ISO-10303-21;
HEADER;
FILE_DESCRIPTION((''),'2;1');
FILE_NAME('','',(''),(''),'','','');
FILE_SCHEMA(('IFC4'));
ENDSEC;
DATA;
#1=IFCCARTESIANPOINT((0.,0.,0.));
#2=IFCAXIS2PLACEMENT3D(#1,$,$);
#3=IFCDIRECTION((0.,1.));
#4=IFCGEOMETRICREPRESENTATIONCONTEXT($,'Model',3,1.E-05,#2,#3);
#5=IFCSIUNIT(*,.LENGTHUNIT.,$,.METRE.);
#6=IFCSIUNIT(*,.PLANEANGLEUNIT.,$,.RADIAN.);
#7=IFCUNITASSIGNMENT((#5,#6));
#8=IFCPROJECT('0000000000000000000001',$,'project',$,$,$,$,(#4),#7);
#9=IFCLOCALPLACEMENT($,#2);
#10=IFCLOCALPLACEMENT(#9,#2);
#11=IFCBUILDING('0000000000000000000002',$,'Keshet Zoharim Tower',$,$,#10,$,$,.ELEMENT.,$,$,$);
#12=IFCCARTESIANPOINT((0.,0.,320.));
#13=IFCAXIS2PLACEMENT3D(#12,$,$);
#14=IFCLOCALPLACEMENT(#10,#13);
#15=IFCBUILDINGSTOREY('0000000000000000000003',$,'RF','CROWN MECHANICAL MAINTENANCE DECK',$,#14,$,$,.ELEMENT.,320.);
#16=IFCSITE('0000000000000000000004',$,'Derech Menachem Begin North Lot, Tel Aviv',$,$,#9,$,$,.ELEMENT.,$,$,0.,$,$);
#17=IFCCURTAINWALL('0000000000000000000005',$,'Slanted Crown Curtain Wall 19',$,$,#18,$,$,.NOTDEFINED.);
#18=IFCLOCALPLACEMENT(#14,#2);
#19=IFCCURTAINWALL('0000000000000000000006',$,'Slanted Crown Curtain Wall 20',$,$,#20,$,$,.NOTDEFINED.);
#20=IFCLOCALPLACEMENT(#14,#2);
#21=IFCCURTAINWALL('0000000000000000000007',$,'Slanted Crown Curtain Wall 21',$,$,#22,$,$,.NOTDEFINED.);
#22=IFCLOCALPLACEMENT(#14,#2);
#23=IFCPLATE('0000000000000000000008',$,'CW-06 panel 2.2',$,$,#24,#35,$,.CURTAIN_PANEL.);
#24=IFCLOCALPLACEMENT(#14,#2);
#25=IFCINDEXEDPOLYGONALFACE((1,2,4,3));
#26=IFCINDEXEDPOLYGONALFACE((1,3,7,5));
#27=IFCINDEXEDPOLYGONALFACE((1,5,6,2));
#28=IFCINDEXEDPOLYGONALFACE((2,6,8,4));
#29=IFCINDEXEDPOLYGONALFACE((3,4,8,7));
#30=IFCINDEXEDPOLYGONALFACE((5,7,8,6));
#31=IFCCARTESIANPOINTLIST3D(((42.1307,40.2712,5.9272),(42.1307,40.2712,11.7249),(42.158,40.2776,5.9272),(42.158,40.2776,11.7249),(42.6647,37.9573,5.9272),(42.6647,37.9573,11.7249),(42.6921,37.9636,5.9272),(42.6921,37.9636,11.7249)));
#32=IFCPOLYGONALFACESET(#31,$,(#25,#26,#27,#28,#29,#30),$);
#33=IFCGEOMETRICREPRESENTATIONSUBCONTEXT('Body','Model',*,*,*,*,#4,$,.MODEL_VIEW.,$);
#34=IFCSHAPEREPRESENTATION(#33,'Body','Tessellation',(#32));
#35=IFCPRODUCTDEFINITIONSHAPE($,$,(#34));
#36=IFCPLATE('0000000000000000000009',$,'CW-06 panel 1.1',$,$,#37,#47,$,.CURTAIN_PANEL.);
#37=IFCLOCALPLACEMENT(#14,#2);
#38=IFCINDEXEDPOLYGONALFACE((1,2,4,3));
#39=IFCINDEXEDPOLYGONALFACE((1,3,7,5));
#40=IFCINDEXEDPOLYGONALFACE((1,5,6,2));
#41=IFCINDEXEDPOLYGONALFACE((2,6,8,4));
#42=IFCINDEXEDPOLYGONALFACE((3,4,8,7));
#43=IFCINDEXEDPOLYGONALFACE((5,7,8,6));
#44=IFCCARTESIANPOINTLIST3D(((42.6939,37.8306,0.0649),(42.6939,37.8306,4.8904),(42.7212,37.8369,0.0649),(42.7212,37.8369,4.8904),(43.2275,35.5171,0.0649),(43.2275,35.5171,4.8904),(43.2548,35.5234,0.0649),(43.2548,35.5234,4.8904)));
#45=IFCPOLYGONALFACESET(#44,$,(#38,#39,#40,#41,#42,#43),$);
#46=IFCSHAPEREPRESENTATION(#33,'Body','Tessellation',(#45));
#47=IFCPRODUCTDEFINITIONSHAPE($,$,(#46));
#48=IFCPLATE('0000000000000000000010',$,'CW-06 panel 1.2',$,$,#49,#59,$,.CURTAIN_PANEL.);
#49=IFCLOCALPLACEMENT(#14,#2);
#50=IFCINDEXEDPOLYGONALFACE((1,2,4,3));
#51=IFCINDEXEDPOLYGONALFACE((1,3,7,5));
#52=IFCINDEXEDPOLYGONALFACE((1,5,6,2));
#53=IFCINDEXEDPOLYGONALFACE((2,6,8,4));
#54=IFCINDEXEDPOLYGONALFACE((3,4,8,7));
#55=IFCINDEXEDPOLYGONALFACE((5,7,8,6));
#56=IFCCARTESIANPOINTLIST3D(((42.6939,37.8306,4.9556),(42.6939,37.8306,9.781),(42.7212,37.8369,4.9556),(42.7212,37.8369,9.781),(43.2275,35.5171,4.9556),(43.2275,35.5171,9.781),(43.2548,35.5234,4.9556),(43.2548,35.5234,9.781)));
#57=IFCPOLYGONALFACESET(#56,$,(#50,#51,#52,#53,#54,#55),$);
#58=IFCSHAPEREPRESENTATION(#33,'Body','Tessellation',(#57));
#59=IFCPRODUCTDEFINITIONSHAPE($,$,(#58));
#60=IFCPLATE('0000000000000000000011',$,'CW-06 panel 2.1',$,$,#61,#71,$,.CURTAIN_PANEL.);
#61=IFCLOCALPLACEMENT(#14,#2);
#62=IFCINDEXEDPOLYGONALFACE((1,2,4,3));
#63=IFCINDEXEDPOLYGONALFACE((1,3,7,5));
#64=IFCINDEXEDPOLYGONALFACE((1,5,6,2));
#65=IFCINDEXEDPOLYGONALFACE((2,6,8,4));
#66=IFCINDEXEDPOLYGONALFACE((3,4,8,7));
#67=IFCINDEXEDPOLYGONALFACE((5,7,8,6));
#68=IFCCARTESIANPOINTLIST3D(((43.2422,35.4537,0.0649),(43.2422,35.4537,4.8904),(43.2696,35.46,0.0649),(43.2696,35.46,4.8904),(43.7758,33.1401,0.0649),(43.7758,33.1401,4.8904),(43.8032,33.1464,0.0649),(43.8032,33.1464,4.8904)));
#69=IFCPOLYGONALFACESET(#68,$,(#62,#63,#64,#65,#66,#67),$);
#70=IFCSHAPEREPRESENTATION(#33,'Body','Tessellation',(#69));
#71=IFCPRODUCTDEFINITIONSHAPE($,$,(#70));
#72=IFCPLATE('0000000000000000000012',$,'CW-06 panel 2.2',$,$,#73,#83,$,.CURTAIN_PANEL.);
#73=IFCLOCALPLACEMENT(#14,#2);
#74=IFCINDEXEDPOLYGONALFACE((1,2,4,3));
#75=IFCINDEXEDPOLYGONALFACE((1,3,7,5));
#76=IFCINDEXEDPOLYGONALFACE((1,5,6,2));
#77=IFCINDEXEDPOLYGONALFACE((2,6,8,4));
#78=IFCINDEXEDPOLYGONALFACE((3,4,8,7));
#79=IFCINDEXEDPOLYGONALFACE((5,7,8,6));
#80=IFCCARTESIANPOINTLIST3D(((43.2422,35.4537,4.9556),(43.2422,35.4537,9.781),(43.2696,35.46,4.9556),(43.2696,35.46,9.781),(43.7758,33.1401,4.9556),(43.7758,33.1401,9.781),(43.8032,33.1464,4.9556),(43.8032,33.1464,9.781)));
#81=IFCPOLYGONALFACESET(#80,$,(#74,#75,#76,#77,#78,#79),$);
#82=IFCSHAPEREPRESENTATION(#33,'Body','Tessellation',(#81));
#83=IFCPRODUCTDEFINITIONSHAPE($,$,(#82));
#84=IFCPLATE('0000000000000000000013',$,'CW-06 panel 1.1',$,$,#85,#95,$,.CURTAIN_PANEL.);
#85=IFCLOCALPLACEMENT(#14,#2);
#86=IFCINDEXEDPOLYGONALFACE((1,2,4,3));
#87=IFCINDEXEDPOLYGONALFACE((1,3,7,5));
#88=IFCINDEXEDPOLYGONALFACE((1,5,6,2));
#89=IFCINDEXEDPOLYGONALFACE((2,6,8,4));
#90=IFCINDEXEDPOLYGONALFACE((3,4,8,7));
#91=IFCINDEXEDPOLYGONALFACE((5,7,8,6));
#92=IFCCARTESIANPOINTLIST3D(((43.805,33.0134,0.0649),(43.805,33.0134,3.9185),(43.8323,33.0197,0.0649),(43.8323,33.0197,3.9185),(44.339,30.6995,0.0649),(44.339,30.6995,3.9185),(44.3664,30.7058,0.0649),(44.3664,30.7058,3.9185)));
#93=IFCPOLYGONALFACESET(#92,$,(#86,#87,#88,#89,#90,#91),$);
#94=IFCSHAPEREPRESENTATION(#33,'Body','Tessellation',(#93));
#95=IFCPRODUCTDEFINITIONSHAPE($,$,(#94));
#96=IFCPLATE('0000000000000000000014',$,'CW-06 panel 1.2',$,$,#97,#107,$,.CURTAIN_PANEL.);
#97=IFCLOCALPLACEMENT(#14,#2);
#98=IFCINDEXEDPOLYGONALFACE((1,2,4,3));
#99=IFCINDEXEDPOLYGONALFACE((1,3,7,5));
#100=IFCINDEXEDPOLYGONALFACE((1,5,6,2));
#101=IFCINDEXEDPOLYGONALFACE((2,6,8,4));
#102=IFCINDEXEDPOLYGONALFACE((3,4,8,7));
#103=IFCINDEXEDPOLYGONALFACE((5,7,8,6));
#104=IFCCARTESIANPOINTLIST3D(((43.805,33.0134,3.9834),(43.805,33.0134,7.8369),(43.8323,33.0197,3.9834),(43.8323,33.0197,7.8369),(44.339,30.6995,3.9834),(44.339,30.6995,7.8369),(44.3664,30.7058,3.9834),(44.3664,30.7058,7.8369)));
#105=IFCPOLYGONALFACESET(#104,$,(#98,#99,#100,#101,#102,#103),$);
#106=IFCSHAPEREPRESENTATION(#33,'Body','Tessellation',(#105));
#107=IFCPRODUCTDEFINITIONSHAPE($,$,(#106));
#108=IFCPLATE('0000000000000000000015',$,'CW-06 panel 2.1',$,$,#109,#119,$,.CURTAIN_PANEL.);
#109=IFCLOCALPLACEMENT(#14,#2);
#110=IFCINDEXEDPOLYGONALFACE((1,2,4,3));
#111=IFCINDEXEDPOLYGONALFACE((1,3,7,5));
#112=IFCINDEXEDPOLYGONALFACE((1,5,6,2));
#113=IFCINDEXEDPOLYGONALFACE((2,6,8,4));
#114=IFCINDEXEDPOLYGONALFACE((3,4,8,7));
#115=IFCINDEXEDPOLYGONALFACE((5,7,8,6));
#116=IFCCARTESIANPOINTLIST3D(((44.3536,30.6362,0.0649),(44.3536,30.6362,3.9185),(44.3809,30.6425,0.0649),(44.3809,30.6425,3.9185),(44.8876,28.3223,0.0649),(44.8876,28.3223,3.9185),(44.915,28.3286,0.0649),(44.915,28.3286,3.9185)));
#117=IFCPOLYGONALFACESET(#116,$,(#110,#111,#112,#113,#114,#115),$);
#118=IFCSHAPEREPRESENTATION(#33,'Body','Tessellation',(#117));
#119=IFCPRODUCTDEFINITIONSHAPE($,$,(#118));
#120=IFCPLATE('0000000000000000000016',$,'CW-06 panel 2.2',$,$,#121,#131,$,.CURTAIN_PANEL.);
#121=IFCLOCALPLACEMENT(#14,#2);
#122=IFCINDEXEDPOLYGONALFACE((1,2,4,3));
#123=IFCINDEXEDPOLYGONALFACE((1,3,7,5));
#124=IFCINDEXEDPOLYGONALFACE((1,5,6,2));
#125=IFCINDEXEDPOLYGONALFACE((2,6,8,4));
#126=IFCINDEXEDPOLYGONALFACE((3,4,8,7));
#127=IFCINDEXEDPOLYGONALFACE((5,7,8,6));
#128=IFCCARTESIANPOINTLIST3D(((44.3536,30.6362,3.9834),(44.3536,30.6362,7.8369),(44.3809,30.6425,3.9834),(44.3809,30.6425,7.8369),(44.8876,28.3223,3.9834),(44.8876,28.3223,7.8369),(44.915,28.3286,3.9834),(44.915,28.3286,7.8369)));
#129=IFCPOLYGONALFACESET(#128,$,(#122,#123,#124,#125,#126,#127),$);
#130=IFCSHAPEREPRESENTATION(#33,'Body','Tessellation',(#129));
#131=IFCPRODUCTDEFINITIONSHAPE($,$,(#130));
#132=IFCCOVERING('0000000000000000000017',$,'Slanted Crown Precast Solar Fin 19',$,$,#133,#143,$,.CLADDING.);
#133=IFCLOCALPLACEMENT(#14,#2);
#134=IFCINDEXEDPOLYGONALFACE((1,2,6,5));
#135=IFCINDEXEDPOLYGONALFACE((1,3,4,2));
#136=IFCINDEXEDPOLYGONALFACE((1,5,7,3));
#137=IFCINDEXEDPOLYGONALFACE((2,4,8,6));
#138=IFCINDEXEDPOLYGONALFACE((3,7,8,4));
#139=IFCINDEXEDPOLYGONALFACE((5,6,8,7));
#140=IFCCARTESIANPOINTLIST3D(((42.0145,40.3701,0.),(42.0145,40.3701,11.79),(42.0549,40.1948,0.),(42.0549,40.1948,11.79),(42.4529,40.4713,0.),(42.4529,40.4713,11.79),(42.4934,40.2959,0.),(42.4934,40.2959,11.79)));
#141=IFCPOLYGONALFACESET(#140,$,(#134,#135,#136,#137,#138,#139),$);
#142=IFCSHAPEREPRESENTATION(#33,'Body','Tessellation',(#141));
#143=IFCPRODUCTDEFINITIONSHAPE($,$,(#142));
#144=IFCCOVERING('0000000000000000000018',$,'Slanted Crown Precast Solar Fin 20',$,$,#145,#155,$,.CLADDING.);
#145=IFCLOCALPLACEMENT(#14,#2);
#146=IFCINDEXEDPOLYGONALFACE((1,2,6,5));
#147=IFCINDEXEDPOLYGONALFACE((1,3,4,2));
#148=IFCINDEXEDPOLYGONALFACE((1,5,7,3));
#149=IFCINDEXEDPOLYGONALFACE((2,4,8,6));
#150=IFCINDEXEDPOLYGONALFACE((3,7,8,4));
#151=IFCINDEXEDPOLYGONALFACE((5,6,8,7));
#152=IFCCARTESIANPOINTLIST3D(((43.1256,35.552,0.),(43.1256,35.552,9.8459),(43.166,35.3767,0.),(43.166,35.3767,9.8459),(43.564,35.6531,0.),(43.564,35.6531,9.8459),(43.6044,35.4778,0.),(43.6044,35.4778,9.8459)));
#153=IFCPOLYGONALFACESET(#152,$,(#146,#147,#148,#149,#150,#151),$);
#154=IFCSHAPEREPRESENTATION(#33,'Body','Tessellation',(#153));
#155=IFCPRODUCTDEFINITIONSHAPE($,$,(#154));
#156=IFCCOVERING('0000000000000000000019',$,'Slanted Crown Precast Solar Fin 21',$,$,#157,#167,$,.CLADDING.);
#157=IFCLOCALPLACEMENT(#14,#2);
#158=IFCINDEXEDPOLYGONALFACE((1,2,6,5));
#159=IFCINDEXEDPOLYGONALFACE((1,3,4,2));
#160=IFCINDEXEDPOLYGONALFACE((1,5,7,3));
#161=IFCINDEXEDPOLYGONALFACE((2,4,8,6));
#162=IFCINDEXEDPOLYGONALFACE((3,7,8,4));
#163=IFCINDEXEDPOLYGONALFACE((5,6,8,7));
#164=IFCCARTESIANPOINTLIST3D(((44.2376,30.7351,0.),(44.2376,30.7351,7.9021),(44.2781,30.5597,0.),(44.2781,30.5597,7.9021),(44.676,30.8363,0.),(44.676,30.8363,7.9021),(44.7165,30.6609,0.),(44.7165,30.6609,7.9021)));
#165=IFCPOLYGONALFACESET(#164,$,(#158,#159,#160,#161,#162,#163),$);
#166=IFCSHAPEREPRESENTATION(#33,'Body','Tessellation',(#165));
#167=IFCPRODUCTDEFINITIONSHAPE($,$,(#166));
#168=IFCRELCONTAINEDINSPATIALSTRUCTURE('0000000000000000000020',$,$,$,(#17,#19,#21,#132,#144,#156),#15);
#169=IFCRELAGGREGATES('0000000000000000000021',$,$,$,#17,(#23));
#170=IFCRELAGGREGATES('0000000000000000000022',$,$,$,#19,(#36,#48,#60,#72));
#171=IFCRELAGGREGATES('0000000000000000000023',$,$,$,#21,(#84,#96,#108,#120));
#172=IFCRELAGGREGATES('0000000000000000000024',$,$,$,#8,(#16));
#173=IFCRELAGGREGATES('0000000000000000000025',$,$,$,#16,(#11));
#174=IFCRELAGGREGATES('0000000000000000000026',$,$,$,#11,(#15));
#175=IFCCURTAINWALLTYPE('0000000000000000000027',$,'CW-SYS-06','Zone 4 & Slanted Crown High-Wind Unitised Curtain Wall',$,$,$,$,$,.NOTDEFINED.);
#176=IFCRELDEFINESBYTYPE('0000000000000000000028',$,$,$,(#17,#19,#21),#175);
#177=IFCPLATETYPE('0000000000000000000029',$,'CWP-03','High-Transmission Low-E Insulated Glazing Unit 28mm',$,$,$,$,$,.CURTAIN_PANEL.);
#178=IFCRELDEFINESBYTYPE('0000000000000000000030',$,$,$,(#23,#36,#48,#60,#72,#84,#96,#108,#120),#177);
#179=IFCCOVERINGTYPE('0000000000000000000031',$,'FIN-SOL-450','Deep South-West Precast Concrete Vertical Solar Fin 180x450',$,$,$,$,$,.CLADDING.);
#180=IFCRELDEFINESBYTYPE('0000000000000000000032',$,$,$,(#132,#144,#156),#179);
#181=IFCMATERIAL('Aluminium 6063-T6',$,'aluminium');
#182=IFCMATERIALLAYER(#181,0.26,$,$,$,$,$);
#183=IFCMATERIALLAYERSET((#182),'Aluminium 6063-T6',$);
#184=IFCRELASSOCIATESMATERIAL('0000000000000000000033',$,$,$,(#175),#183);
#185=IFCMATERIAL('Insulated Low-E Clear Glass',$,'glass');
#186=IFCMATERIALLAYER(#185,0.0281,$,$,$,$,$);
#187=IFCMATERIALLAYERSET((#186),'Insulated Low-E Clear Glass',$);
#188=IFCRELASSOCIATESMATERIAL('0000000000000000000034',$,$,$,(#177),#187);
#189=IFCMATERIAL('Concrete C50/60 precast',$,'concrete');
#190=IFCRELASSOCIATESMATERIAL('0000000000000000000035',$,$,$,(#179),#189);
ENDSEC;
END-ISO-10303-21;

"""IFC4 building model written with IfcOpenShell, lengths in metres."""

from ifc_helpers import new_model, si_unit, direction, frame, origin, origin_2d, place, context, subcontext, project, spatial, rectangle, extrude, material, layer, layer_set, type_object, element, aggregate, save


model = new_model("IFC4")

# Units and contexts
model_context = context("Model", 3, precision=1e-05, world=origin(), true_north=direction((0.0, 1.0)))
body_context = subcontext(model_context, "Body", "Model", "MODEL_VIEW")
ifc_project = project(units=[si_unit("LENGTHUNIT", "METRE"), si_unit("PLANEANGLEUNIT", "RADIAN")], contexts=[model_context])

# Site, building, storey
site_placement = place(None, origin())
site = spatial("IfcSite", under=ifc_project, at=site_placement, Name="Derech Menachem Begin North Lot, Tel Aviv", CompositionType="ELEMENT", RefElevation=0.0)
building_placement = place(site_placement, origin())
building = spatial("IfcBuilding", under=site, at=building_placement, Name="Keshet Zoharim Tower", CompositionType="ELEMENT")
storey_placement = place(building_placement, frame((0.0, 0.0, 320.0)))
storey = spatial("IfcBuildingStorey", under=building, at=storey_placement, Name="RF", Description="CROWN MECHANICAL MAINTENANCE DECK", CompositionType="ELEMENT", Elevation=320.0)

# Curtain wall
ifc_material_1 = material(Name="Aluminium 6063-T6", Category="aluminium")
ifc_layer_1 = layer(ifc_material_1, 0.26)
ifc_layer_set_1 = layer_set([ifc_layer_1], Name="Aluminium 6063-T6")
curtain_wall_type = type_object("IfcCurtainWallType", Name="CW-SYS-06", Description="Zone 4 & Slanted Crown High-Wind Unitised Curtain Wall", PredefinedType="NOTDEFINED", material=ifc_layer_set_1)
curtain_wall_1_placement = place(storey_placement, origin())
curtain_wall_1 = element("IfcCurtainWall", 1, at=curtain_wall_1_placement, inside=storey, type_object=curtain_wall_type, Name="Slanted Crown Curtain Wall 19", PredefinedType="NOTDEFINED")

# Curtain walls
curtain_wall_2_placement = place(storey_placement, origin())
curtain_wall_2 = element("IfcCurtainWall", 2, at=curtain_wall_2_placement, inside=storey, type_object=curtain_wall_type, Name="Slanted Crown Curtain Wall 20", PredefinedType="NOTDEFINED")
curtain_wall_3_placement = place(storey_placement, origin())
curtain_wall_3 = element("IfcCurtainWall", 3, at=curtain_wall_3_placement, inside=storey, type_object=curtain_wall_type, Name="Slanted Crown Curtain Wall 21", PredefinedType="NOTDEFINED")

# Plates
ifc_material_2 = material(Name="Insulated Low-E Clear Glass", Category="glass")
ifc_layer_2 = layer(ifc_material_2, 0.0281)
ifc_layer_set_2 = layer_set([ifc_layer_2], Name="Insulated Low-E Clear Glass")
plate_type = type_object("IfcPlateType", Name="CWP-03", Description="High-Transmission Low-E Insulated Glazing Unit 28mm", PredefinedType="CURTAIN_PANEL", material=ifc_layer_set_2)
plate_1_placement = place(storey_placement, frame((42.4114, 39.1174, 5.9272), z_axis=(0.0, 0.0, 1.0), x_axis=(0.224889, -0.974384, 0.0)))
plate_1 = element("IfcPlate", 4, at=plate_1_placement, type_object=plate_type, Name="CW-06 panel 2.2", PredefinedType="CURTAIN_PANEL", context=body_context, shape_type="SweptSolid", body=[
    extrude(rectangle(XDim=2.3748, YDim=0.0281, at=origin_2d()), origin(), (0.0, 0.0, 1.0), 5.7976),
])
aggregate(curtain_wall_1, [plate_1])
plate_2_placement = place(storey_placement, frame((42.9744, 36.677, 0.0649), z_axis=(0.0, 0.0, 1.0), x_axis=(0.224741, -0.974418, 0.0)))
plate_2 = element("IfcPlate", 5, at=plate_2_placement, type_object=plate_type, Name="CW-06 panel 1.1", PredefinedType="CURTAIN_PANEL", context=body_context, shape_type="SweptSolid", body=[
    extrude(rectangle(XDim=2.3743, YDim=0.0281, at=origin_2d()), origin(), (0.0, 0.0, 1.0), 4.8254),
])
plate_3_placement = place(storey_placement, frame((42.9744, 36.677, 4.9556), z_axis=(0.0, 0.0, 1.0), x_axis=(0.224741, -0.974418, 0.0)))
plate_3 = element("IfcPlate", 6, at=plate_3_placement, type_object=plate_type, Name="CW-06 panel 1.2", PredefinedType="CURTAIN_PANEL", context=body_context, shape_type="SweptSolid", body=[
    extrude(rectangle(XDim=2.3743, YDim=0.0281, at=origin_2d()), origin(), (0.0, 0.0, 1.0), 4.8254),
])
plate_4_placement = place(storey_placement, frame((43.5227, 34.3, 0.0649), z_axis=(0.0, 0.0, 1.0), x_axis=(0.224741, -0.974418, 0.0)))
plate_4 = element("IfcPlate", 7, at=plate_4_placement, type_object=plate_type, Name="CW-06 panel 2.1", PredefinedType="CURTAIN_PANEL", context=body_context, shape_type="SweptSolid", body=[
    extrude(rectangle(XDim=2.3743, YDim=0.0281, at=origin_2d()), origin(), (0.0, 0.0, 1.0), 4.8254),
])
plate_5_placement = place(storey_placement, frame((43.5227, 34.3, 4.9556), z_axis=(0.0, 0.0, 1.0), x_axis=(0.224741, -0.974418, 0.0)))
plate_5 = element("IfcPlate", 8, at=plate_5_placement, type_object=plate_type, Name="CW-06 panel 2.2", PredefinedType="CURTAIN_PANEL", context=body_context, shape_type="SweptSolid", body=[
    extrude(rectangle(XDim=2.3743, YDim=0.0281, at=origin_2d()), origin(), (0.0, 0.0, 1.0), 4.8254),
])
aggregate(curtain_wall_2, [plate_2, plate_3, plate_4, plate_5])
plate_6_placement = place(storey_placement, frame((44.0857, 31.8596, 0.0649), z_axis=(0.0, 0.0, 1.0), x_axis=(0.224889, -0.974384, 0.0)))
plate_6 = element("IfcPlate", 9, at=plate_6_placement, type_object=plate_type, Name="CW-06 panel 1.1", PredefinedType="CURTAIN_PANEL", context=body_context, shape_type="SweptSolid", body=[
    extrude(rectangle(XDim=2.3748, YDim=0.0281, at=origin_2d()), origin(), (0.0, 0.0, 1.0), 3.8535),
])
plate_7_placement = place(storey_placement, frame((44.0857, 31.8596, 3.9834), z_axis=(0.0, 0.0, 1.0), x_axis=(0.224889, -0.974384, 0.0)))
plate_7 = element("IfcPlate", 10, at=plate_7_placement, type_object=plate_type, Name="CW-06 panel 1.2", PredefinedType="CURTAIN_PANEL", context=body_context, shape_type="SweptSolid", body=[
    extrude(rectangle(XDim=2.3748, YDim=0.0281, at=origin_2d()), origin(), (0.0, 0.0, 1.0), 3.8535),
])
plate_8_placement = place(storey_placement, frame((44.6343, 29.4824, 0.0649), z_axis=(0.0, 0.0, 1.0), x_axis=(0.224889, -0.974384, 0.0)))
plate_8 = element("IfcPlate", 11, at=plate_8_placement, type_object=plate_type, Name="CW-06 panel 2.1", PredefinedType="CURTAIN_PANEL", context=body_context, shape_type="SweptSolid", body=[
    extrude(rectangle(XDim=2.3748, YDim=0.0281, at=origin_2d()), origin(), (0.0, 0.0, 1.0), 3.8535),
])
plate_9_placement = place(storey_placement, frame((44.6343, 29.4824, 3.9834), z_axis=(0.0, 0.0, 1.0), x_axis=(0.224889, -0.974384, 0.0)))
plate_9 = element("IfcPlate", 12, at=plate_9_placement, type_object=plate_type, Name="CW-06 panel 2.2", PredefinedType="CURTAIN_PANEL", context=body_context, shape_type="SweptSolid", body=[
    extrude(rectangle(XDim=2.3748, YDim=0.0281, at=origin_2d()), origin(), (0.0, 0.0, 1.0), 3.8535),
])
aggregate(curtain_wall_3, [plate_6, plate_7, plate_8, plate_9])

# Coverings
ifc_material_3 = material(Name="Concrete C50/60 precast", Category="concrete")
covering_type = type_object("IfcCoveringType", Name="FIN-SOL-450", Description="Deep South-West Precast Concrete Vertical Solar Fin 180x450", PredefinedType="CLADDING", material=ifc_material_3)
covering_1_placement = place(storey_placement, frame((42.2539, 40.333, 0.0), z_axis=(0.0, 0.0, 1.0), x_axis=(0.224889, -0.974384, 0.0)))
element("IfcCovering", 13, at=covering_1_placement, inside=storey, type_object=covering_type, Name="Slanted Crown Precast Solar Fin 19", PredefinedType="CLADDING", context=body_context, shape_type="SweptSolid", body=[
    extrude(rectangle(XDim=0.1799, YDim=0.45, at=origin_2d()), origin(), (0.0, 0.0, 1.0), 11.79),
])
covering_2_placement = place(storey_placement, frame((43.365, 35.5149, 0.0), z_axis=(0.0, 0.0, 1.0), x_axis=(0.224741, -0.974418, 0.0)))
element("IfcCovering", 14, at=covering_2_placement, inside=storey, type_object=covering_type, Name="Slanted Crown Precast Solar Fin 20", PredefinedType="CLADDING", context=body_context, shape_type="SweptSolid", body=[
    extrude(rectangle(XDim=0.1799, YDim=0.45, at=origin_2d()), origin(), (0.0, 0.0, 1.0), 9.8459),
])
covering_3_placement = place(storey_placement, frame((44.4771, 30.698, 0.0), z_axis=(0.0, 0.0, 1.0), x_axis=(0.224889, -0.974384, 0.0)))
element("IfcCovering", 15, at=covering_3_placement, inside=storey, type_object=covering_type, Name="Slanted Crown Precast Solar Fin 21", PredefinedType="CLADDING", context=body_context, shape_type="SweptSolid", body=[
    extrude(rectangle(XDim=0.1799, YDim=0.45, at=origin_2d()), origin(), (0.0, 0.0, 1.0), 7.9021),
])

save(model, "model.ifc")
